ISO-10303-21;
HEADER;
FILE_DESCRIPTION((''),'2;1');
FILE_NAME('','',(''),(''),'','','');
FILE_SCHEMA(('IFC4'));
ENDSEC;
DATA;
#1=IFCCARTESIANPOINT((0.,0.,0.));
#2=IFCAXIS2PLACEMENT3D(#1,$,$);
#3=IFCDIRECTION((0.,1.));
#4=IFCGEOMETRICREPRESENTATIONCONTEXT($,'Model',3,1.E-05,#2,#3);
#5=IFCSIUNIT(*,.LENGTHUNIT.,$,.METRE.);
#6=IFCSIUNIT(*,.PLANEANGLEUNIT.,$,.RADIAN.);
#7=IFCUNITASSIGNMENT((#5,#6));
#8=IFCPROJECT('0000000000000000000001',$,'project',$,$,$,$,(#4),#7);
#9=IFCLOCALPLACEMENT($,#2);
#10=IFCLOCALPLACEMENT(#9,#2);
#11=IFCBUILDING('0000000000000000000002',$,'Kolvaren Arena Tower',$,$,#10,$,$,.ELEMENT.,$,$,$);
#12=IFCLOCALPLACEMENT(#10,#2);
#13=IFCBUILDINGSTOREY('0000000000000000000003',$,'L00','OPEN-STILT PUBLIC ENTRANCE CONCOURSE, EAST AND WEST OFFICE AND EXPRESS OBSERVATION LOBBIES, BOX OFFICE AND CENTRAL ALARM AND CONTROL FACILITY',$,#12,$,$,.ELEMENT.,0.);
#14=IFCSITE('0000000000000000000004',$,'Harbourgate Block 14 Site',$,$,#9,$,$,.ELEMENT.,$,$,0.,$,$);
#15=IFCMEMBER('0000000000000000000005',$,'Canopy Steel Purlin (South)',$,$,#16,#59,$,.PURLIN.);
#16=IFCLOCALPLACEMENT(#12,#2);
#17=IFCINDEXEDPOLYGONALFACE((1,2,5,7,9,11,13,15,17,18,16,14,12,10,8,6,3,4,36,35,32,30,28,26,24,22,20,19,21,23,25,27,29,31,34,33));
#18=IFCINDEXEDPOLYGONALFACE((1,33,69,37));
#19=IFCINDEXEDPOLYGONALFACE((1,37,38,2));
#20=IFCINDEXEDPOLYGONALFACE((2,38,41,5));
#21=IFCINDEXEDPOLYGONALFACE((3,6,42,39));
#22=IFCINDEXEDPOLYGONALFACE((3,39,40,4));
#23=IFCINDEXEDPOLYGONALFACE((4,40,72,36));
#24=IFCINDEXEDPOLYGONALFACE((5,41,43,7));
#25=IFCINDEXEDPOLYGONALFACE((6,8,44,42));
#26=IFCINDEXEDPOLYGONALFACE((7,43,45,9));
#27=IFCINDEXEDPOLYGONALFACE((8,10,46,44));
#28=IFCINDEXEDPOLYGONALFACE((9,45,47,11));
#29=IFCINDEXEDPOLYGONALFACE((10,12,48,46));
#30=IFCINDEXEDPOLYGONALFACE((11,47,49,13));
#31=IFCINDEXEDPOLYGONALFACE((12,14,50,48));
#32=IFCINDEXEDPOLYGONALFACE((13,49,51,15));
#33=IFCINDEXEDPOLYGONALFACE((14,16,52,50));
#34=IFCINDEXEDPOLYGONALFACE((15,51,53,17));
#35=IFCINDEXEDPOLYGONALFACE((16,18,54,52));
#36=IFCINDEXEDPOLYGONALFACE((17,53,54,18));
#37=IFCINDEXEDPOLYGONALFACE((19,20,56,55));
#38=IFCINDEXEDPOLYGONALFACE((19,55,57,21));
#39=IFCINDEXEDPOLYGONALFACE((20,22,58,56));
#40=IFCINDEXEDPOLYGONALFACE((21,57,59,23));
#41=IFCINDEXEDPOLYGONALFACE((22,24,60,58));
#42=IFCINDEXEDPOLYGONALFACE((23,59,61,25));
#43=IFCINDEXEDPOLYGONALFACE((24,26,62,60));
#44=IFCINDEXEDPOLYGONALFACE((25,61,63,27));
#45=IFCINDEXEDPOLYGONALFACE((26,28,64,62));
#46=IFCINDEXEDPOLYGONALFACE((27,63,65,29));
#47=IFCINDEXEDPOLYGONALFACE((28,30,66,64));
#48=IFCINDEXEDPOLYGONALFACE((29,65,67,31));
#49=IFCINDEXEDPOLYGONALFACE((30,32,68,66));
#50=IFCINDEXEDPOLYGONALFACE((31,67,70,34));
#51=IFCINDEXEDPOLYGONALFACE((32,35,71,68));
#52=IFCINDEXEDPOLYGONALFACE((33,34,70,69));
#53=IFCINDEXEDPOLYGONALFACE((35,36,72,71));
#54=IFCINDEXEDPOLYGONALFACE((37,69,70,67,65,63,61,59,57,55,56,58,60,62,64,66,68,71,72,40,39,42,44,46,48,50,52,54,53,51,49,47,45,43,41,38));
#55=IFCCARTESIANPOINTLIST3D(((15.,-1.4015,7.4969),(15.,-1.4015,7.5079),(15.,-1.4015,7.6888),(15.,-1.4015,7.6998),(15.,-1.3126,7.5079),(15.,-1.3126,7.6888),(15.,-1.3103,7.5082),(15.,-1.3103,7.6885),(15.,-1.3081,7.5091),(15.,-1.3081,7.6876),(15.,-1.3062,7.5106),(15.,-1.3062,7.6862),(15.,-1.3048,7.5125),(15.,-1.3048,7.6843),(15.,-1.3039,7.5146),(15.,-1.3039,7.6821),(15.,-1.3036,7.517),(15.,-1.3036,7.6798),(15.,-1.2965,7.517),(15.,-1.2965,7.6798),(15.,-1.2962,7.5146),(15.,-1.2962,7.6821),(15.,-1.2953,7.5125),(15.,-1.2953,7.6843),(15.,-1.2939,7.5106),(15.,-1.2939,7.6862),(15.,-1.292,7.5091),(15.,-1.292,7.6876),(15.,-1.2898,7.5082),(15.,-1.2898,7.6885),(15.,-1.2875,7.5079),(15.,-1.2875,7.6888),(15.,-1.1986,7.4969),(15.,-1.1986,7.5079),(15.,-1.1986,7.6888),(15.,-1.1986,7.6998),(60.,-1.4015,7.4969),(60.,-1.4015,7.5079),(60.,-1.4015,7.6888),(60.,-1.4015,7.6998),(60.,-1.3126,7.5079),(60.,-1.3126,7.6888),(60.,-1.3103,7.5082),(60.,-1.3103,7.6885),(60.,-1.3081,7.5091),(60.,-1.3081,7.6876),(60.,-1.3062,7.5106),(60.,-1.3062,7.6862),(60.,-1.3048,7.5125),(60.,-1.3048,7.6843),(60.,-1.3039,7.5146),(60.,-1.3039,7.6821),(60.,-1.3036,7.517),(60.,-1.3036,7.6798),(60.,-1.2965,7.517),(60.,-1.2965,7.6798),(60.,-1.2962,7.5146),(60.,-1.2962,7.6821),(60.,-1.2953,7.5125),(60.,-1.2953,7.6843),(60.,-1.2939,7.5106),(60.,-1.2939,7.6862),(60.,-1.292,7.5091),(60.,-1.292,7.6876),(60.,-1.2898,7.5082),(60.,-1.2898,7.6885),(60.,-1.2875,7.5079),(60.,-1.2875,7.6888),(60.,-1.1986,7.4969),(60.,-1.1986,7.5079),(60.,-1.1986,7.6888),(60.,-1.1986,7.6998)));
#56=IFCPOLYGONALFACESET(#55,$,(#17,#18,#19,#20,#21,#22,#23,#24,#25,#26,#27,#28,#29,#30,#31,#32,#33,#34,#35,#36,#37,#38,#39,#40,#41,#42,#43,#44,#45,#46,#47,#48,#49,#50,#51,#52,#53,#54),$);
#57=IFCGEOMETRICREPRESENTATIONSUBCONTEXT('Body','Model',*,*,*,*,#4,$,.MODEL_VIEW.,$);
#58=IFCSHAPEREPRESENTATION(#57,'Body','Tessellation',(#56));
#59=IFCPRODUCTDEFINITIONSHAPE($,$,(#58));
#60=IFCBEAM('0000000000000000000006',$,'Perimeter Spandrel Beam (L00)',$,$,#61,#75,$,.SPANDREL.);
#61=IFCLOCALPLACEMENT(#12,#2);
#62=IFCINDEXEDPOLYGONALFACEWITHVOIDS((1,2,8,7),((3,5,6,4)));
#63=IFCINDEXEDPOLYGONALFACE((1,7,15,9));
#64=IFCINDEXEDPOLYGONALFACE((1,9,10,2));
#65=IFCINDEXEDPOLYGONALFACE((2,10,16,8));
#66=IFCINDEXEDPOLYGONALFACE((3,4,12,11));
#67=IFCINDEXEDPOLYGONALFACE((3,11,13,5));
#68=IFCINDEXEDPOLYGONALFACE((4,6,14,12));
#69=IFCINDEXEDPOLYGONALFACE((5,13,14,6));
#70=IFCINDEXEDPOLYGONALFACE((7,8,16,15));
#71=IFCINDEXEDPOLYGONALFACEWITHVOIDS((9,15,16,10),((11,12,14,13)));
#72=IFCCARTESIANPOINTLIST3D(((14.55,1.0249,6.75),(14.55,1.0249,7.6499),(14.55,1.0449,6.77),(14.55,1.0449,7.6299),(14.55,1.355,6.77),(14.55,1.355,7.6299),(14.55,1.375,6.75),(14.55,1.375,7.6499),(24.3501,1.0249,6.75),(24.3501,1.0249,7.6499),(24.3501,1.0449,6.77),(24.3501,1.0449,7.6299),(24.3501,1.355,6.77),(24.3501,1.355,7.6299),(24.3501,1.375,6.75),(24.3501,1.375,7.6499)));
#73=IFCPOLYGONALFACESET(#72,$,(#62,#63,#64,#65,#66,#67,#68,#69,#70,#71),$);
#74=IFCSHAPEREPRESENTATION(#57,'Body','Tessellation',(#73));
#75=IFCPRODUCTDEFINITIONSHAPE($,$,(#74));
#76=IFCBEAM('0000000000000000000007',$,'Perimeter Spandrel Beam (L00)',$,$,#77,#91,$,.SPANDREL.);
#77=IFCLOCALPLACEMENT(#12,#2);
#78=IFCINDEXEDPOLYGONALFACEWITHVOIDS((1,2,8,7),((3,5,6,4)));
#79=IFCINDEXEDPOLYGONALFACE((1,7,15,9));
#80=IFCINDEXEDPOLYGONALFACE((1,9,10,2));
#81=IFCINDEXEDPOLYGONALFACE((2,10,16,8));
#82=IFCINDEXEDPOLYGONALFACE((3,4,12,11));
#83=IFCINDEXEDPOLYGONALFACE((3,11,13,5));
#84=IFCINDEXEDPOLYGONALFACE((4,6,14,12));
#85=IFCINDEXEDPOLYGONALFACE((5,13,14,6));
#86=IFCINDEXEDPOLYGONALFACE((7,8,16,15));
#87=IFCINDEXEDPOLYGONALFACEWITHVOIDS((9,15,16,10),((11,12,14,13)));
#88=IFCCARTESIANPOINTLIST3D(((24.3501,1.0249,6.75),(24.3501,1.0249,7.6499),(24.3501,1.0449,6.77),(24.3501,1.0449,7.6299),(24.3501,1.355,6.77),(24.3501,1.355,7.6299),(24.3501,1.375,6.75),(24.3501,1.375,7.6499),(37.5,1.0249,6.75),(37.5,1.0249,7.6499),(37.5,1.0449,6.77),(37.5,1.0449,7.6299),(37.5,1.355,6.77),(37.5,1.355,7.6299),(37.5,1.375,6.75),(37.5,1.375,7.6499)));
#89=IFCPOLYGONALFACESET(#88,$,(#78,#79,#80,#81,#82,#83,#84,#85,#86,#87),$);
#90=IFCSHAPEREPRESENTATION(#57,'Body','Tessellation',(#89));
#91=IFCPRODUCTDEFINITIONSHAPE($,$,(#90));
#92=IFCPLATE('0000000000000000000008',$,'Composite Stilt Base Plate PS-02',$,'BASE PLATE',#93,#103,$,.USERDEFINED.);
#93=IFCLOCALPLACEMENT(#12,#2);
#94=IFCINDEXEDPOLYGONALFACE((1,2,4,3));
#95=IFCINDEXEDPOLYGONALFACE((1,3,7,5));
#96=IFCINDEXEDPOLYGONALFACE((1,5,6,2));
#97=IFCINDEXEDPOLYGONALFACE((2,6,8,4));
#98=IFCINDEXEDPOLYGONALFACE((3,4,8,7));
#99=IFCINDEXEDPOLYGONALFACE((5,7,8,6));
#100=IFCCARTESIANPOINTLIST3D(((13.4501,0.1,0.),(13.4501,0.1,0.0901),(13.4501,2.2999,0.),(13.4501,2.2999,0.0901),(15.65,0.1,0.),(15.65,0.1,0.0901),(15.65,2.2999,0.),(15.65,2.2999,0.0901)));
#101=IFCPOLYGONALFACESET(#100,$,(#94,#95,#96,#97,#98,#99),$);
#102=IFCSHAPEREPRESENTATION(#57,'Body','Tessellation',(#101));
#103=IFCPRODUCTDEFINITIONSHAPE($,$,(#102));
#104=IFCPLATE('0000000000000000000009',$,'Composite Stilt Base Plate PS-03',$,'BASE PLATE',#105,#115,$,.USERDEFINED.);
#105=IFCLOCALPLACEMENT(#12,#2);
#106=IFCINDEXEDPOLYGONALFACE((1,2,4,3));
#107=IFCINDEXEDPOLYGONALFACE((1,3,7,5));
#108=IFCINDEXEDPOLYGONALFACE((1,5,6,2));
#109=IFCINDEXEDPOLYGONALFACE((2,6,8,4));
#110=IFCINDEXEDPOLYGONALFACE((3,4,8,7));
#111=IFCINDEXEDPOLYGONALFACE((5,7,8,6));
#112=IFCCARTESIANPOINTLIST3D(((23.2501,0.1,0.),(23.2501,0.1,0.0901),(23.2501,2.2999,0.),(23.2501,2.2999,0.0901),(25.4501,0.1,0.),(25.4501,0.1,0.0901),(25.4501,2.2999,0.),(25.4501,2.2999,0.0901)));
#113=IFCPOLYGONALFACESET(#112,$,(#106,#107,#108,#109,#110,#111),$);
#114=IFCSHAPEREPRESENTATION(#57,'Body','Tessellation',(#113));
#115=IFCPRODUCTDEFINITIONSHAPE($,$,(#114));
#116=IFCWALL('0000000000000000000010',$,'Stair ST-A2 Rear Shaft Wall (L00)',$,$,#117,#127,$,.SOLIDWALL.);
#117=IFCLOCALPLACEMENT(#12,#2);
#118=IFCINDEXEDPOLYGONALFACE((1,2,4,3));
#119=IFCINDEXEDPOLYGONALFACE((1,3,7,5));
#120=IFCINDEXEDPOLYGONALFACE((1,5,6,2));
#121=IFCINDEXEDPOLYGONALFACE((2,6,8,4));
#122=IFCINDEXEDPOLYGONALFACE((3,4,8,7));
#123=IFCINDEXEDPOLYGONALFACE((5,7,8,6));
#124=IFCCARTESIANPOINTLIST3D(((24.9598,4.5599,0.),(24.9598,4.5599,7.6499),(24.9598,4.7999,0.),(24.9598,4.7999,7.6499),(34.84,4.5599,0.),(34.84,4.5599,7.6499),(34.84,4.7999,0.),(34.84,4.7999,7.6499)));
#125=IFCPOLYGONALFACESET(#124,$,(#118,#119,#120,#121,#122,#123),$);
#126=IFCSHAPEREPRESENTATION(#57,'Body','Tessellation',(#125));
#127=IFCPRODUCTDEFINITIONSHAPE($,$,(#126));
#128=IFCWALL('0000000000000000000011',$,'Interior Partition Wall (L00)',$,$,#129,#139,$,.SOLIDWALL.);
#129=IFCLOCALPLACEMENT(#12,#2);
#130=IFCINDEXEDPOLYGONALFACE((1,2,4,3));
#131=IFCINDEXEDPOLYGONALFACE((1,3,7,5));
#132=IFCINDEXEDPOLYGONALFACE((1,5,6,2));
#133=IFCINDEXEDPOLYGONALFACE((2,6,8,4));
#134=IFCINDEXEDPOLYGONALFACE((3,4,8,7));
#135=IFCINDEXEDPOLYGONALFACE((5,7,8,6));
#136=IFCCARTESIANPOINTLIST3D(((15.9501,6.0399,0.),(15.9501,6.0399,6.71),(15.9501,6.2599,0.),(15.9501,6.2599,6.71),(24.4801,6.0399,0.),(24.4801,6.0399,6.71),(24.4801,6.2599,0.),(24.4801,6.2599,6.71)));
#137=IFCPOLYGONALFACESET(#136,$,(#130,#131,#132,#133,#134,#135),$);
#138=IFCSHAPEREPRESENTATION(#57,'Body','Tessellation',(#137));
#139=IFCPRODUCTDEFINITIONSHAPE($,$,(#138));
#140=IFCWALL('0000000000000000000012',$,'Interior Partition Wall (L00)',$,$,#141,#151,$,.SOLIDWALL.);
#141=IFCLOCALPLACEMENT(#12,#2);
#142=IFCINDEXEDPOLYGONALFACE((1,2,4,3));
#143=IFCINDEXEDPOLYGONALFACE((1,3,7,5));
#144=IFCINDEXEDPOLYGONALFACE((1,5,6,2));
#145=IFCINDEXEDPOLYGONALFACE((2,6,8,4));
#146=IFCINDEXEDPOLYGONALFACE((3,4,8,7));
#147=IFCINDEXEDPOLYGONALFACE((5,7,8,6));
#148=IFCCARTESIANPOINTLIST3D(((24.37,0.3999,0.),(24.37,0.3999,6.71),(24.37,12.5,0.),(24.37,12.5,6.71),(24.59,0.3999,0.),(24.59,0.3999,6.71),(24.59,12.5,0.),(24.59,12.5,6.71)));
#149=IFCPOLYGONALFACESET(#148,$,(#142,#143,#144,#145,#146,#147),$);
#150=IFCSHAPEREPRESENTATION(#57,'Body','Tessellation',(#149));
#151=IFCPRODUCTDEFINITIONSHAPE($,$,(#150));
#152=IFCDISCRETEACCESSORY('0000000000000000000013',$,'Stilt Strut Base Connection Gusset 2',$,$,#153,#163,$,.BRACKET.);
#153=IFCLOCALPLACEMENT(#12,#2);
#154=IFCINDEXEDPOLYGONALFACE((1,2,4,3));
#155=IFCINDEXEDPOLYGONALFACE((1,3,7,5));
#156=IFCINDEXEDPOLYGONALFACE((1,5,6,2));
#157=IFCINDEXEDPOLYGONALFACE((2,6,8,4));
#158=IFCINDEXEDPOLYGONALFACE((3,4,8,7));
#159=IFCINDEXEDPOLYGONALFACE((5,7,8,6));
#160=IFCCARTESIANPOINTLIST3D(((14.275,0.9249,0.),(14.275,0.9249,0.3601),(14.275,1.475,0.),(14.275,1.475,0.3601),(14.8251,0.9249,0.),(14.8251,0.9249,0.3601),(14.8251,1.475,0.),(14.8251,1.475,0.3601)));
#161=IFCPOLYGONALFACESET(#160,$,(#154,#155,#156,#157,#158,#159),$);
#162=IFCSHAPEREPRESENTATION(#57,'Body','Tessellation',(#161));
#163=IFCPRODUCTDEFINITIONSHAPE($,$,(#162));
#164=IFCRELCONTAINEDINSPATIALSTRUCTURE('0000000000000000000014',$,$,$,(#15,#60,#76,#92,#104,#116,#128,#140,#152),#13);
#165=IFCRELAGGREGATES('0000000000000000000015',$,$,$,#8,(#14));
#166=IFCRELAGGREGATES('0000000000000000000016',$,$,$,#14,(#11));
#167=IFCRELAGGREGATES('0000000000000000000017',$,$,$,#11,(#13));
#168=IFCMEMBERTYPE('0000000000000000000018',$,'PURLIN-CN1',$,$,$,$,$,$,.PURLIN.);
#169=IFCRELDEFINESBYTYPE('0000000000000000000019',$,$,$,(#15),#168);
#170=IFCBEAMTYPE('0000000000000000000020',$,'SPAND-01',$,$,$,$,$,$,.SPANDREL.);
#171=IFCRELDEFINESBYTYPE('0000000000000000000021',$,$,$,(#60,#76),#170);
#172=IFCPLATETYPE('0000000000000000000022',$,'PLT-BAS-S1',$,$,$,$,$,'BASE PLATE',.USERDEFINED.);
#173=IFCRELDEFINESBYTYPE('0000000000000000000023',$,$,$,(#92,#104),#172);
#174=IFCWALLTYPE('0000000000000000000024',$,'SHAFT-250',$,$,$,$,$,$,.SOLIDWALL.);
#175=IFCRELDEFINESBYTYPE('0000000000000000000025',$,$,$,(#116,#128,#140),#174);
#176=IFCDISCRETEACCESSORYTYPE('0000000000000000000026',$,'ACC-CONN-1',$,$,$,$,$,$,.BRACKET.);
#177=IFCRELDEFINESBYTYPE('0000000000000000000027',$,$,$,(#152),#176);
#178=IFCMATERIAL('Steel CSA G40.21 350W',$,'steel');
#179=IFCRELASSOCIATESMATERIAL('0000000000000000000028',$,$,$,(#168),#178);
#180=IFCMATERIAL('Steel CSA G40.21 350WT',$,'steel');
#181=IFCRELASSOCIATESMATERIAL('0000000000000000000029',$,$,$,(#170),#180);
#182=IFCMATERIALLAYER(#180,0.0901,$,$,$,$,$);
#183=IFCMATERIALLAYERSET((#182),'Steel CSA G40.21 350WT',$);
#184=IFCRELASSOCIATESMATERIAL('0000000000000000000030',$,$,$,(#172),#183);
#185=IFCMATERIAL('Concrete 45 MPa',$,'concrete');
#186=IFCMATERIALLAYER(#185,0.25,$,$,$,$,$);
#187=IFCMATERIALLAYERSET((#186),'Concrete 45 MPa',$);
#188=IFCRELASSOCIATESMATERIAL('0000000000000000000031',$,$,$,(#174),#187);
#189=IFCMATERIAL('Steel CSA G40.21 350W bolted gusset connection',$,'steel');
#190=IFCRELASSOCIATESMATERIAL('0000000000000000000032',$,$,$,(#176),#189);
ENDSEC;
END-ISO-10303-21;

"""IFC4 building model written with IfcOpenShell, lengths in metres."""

from ifc_helpers import new_model, si_unit, direction, frame, frame_2d, origin, origin_2d, place, context, subcontext, project, spatial, rectangle, hollow_rectangle, i_section, extrude, material, layer, layer_set, material_profile, profile_set, type_object, element, save


model = new_model("IFC4")

# Units and contexts
model_context = context("Model", 3, precision=1e-05, world=origin(), true_north=direction((0.0, 1.0)))
body_context = subcontext(model_context, "Body", "Model", "MODEL_VIEW")
ifc_project = project(units=[si_unit("LENGTHUNIT", "METRE"), si_unit("PLANEANGLEUNIT", "RADIAN")], contexts=[model_context])

# Site, building, storey
site_placement = place(None, origin())
site = spatial("IfcSite", under=ifc_project, at=site_placement, Name="Harbourgate Block 14 Site", CompositionType="ELEMENT", RefElevation=0.0)
building_placement = place(site_placement, origin())
building = spatial("IfcBuilding", under=site, at=building_placement, Name="Kolvaren Arena Tower", CompositionType="ELEMENT")
storey_placement = place(building_placement, origin())
storey = spatial("IfcBuildingStorey", under=building, at=storey_placement, Name="L00", Description="OPEN-STILT PUBLIC ENTRANCE CONCOURSE, EAST AND WEST OFFICE AND EXPRESS OBSERVATION LOBBIES, BOX OFFICE AND CENTRAL ALARM AND CONTROL FACILITY", CompositionType="ELEMENT", Elevation=0.0)

# Shared definitions
ifc_material_1 = material(Name="Steel CSA G40.21 350W", Category="steel")

# Shared definitions
ifc_material_2 = material(Name="Steel CSA G40.21 350WT", Category="steel")

# Member
ifc_material_profile_1 = material_profile(ifc_material_1, i_section(OverallWidth=0.2029, OverallDepth=0.2029, WebThickness=0.0071, FlangeThickness=0.011, FilletRadius=0.009, at=origin_2d()), Name="W200x46")
ifc_profile_set_1 = profile_set([ifc_material_profile_1], Name="Steel CSA G40.21 350W")
member_type_1 = type_object("IfcMemberType", Name="PURLIN-CN1", PredefinedType="PURLIN", material=ifc_profile_set_1)
for number, where, z_axis, x_axis, name in (
    (1, (15.0, -1.3, 7.5984), (1.0, 0.0, 0.0), (0.0, 1.0, 0.0), "Canopy Steel Purlin (South)"),
):
    element("IfcMember", number, at=place(storey_placement, frame(where, z_axis=z_axis, x_axis=x_axis)), inside=storey, type_object=member_type_1, Name=name, PredefinedType="PURLIN", context=body_context, shape_type="SweptSolid", body=[
        extrude(i_section(OverallWidth=0.2029, OverallDepth=0.2029, WebThickness=0.0071, FlangeThickness=0.011, FilletRadius=0.009, at=origin_2d()), origin(), (0.0, 0.0, 1.0), 45.0),
    ])

# Beams
ifc_material_profile_2 = material_profile(ifc_material_2, hollow_rectangle(XDim=0.3501, YDim=0.8999, WallThickness=0.02, at=origin_2d()), Name="HSS 900x350x20")
ifc_profile_set_2 = profile_set([ifc_material_profile_2], Name="Steel CSA G40.21 350WT")
beam_type_1 = type_object("IfcBeamType", Name="SPAND-01", PredefinedType="SPANDREL", material=ifc_profile_set_2)
beam_1_placement = place(storey_placement, frame((14.55, 1.2, 7.2), z_axis=(1.0, 0.0, 0.0), x_axis=(0.0, 1.0, 0.0)))
element("IfcBeam", 2, at=beam_1_placement, inside=storey, type_object=beam_type_1, Name="Perimeter Spandrel Beam (L00)", PredefinedType="SPANDREL", context=body_context, shape_type="SweptSolid", body=[
    extrude(hollow_rectangle(XDim=0.3501, YDim=0.8999, WallThickness=0.02, at=origin_2d()), origin(), (0.0, 0.0, 1.0), 9.8),
])
beam_2_placement = place(storey_placement, frame((24.3501, 1.2, 7.2), z_axis=(1.0, 0.0, 0.0), x_axis=(0.0, 1.0, 0.0)))
element("IfcBeam", 3, at=beam_2_placement, inside=storey, type_object=beam_type_1, Name="Perimeter Spandrel Beam (L00)", PredefinedType="SPANDREL", context=body_context, shape_type="SweptSolid", body=[
    extrude(hollow_rectangle(XDim=0.3501, YDim=0.8999, WallThickness=0.02, at=origin_2d()), origin(), (0.0, 0.0, 1.0), 13.1499),
])

# Plates
ifc_layer_1 = layer(ifc_material_2, 0.0901)
ifc_layer_set_1 = layer_set([ifc_layer_1], Name="Steel CSA G40.21 350WT")
plate_type = type_object("IfcPlateType", Name="PLT-BAS-S1", ElementType="BASE PLATE", PredefinedType="USERDEFINED", material=ifc_layer_set_1)
for number, where, z_axis, x_axis, name in (
    (4, (14.55, 1.2, 0.0), (0.0, 0.0, 1.0), (1.0, 0.0, 0.0), "Composite Stilt Base Plate PS-02"),
    (5, (24.3501, 1.2, 0.0), (0.0, 0.0, 1.0), (1.0, 0.0, 0.0), "Composite Stilt Base Plate PS-03"),
):
    element("IfcPlate", number, at=place(storey_placement, frame(where, z_axis=z_axis, x_axis=x_axis)), inside=storey, type_object=plate_type, Name=name, ObjectType="BASE PLATE", PredefinedType="USERDEFINED", context=body_context, shape_type="SweptSolid", body=[
        extrude(rectangle(XDim=2.2, YDim=2.2, at=origin_2d()), origin(), (0.0, 0.0, 1.0), 0.0901),
    ])

# Walls
ifc_material_3 = material(Name="Concrete 45 MPa", Category="concrete")
ifc_layer_2 = layer(ifc_material_3, 0.25)
ifc_layer_set_2 = layer_set([ifc_layer_2], Name="Concrete 45 MPa")
wall_type = type_object("IfcWallType", Name="SHAFT-250", PredefinedType="SOLIDWALL", material=ifc_layer_set_2)
wall_1_placement = place(storey_placement, frame((24.96, 4.6799, 0.0), z_axis=(0.0, 0.0, 1.0), x_axis=(1.0, 0.0, 0.0)))
element("IfcWall", 6, at=wall_1_placement, inside=storey, type_object=wall_type, Name="Stair ST-A2 Rear Shaft Wall (L00)", PredefinedType="SOLIDWALL", context=body_context, shape_type="SweptSolid", body=[
    extrude(rectangle(XDim=9.8801, YDim=0.24, at=frame_2d((4.9399, 0.0))), origin(), (0.0, 0.0, 1.0), 7.6499),
])
wall_2_placement = place(storey_placement, frame((15.95, 6.1499, 0.0), z_axis=(0.0, 0.0, 1.0), x_axis=(1.0, 0.0, 0.0)))
element("IfcWall", 7, at=wall_2_placement, inside=storey, type_object=wall_type, Name="Interior Partition Wall (L00)", PredefinedType="SOLIDWALL", context=body_context, shape_type="SweptSolid", body=[
    extrude(rectangle(XDim=8.53, YDim=0.22, at=frame_2d((4.2651, 0.0))), origin(), (0.0, 0.0, 1.0), 6.71),
])
wall_3_placement = place(storey_placement, frame((24.48, 0.3999, 0.0), z_axis=(0.0, 0.0, 1.0), x_axis=(0.0, 1.0, 0.0)))
element("IfcWall", 8, at=wall_3_placement, inside=storey, type_object=wall_type, Name="Interior Partition Wall (L00)", PredefinedType="SOLIDWALL", context=body_context, shape_type="SweptSolid", body=[
    extrude(rectangle(XDim=12.1001, YDim=0.22, at=frame_2d((6.05, 0.0))), origin(), (0.0, 0.0, 1.0), 6.71),
])

# Discrete accessory
ifc_material_4 = material(Name="Steel CSA G40.21 350W bolted gusset connection", Category="steel")
discrete_accessory_type = type_object("IfcDiscreteAccessoryType", Name="ACC-CONN-1", PredefinedType="BRACKET", material=ifc_material_4)
discrete_accessory_placement = place(storey_placement, frame((14.55, 1.2, 0.0), z_axis=(0.0, 0.0, 1.0), x_axis=(1.0, 0.0, 0.0)))
element("IfcDiscreteAccessory", 9, at=discrete_accessory_placement, inside=storey, type_object=discrete_accessory_type, Name="Stilt Strut Base Connection Gusset 2", PredefinedType="BRACKET", context=body_context, shape_type="SweptSolid", body=[
    extrude(rectangle(XDim=0.55, YDim=0.55, at=origin_2d()), origin(), (0.0, 0.0, 1.0), 0.3601),
])

save(model, "model.ifc")
